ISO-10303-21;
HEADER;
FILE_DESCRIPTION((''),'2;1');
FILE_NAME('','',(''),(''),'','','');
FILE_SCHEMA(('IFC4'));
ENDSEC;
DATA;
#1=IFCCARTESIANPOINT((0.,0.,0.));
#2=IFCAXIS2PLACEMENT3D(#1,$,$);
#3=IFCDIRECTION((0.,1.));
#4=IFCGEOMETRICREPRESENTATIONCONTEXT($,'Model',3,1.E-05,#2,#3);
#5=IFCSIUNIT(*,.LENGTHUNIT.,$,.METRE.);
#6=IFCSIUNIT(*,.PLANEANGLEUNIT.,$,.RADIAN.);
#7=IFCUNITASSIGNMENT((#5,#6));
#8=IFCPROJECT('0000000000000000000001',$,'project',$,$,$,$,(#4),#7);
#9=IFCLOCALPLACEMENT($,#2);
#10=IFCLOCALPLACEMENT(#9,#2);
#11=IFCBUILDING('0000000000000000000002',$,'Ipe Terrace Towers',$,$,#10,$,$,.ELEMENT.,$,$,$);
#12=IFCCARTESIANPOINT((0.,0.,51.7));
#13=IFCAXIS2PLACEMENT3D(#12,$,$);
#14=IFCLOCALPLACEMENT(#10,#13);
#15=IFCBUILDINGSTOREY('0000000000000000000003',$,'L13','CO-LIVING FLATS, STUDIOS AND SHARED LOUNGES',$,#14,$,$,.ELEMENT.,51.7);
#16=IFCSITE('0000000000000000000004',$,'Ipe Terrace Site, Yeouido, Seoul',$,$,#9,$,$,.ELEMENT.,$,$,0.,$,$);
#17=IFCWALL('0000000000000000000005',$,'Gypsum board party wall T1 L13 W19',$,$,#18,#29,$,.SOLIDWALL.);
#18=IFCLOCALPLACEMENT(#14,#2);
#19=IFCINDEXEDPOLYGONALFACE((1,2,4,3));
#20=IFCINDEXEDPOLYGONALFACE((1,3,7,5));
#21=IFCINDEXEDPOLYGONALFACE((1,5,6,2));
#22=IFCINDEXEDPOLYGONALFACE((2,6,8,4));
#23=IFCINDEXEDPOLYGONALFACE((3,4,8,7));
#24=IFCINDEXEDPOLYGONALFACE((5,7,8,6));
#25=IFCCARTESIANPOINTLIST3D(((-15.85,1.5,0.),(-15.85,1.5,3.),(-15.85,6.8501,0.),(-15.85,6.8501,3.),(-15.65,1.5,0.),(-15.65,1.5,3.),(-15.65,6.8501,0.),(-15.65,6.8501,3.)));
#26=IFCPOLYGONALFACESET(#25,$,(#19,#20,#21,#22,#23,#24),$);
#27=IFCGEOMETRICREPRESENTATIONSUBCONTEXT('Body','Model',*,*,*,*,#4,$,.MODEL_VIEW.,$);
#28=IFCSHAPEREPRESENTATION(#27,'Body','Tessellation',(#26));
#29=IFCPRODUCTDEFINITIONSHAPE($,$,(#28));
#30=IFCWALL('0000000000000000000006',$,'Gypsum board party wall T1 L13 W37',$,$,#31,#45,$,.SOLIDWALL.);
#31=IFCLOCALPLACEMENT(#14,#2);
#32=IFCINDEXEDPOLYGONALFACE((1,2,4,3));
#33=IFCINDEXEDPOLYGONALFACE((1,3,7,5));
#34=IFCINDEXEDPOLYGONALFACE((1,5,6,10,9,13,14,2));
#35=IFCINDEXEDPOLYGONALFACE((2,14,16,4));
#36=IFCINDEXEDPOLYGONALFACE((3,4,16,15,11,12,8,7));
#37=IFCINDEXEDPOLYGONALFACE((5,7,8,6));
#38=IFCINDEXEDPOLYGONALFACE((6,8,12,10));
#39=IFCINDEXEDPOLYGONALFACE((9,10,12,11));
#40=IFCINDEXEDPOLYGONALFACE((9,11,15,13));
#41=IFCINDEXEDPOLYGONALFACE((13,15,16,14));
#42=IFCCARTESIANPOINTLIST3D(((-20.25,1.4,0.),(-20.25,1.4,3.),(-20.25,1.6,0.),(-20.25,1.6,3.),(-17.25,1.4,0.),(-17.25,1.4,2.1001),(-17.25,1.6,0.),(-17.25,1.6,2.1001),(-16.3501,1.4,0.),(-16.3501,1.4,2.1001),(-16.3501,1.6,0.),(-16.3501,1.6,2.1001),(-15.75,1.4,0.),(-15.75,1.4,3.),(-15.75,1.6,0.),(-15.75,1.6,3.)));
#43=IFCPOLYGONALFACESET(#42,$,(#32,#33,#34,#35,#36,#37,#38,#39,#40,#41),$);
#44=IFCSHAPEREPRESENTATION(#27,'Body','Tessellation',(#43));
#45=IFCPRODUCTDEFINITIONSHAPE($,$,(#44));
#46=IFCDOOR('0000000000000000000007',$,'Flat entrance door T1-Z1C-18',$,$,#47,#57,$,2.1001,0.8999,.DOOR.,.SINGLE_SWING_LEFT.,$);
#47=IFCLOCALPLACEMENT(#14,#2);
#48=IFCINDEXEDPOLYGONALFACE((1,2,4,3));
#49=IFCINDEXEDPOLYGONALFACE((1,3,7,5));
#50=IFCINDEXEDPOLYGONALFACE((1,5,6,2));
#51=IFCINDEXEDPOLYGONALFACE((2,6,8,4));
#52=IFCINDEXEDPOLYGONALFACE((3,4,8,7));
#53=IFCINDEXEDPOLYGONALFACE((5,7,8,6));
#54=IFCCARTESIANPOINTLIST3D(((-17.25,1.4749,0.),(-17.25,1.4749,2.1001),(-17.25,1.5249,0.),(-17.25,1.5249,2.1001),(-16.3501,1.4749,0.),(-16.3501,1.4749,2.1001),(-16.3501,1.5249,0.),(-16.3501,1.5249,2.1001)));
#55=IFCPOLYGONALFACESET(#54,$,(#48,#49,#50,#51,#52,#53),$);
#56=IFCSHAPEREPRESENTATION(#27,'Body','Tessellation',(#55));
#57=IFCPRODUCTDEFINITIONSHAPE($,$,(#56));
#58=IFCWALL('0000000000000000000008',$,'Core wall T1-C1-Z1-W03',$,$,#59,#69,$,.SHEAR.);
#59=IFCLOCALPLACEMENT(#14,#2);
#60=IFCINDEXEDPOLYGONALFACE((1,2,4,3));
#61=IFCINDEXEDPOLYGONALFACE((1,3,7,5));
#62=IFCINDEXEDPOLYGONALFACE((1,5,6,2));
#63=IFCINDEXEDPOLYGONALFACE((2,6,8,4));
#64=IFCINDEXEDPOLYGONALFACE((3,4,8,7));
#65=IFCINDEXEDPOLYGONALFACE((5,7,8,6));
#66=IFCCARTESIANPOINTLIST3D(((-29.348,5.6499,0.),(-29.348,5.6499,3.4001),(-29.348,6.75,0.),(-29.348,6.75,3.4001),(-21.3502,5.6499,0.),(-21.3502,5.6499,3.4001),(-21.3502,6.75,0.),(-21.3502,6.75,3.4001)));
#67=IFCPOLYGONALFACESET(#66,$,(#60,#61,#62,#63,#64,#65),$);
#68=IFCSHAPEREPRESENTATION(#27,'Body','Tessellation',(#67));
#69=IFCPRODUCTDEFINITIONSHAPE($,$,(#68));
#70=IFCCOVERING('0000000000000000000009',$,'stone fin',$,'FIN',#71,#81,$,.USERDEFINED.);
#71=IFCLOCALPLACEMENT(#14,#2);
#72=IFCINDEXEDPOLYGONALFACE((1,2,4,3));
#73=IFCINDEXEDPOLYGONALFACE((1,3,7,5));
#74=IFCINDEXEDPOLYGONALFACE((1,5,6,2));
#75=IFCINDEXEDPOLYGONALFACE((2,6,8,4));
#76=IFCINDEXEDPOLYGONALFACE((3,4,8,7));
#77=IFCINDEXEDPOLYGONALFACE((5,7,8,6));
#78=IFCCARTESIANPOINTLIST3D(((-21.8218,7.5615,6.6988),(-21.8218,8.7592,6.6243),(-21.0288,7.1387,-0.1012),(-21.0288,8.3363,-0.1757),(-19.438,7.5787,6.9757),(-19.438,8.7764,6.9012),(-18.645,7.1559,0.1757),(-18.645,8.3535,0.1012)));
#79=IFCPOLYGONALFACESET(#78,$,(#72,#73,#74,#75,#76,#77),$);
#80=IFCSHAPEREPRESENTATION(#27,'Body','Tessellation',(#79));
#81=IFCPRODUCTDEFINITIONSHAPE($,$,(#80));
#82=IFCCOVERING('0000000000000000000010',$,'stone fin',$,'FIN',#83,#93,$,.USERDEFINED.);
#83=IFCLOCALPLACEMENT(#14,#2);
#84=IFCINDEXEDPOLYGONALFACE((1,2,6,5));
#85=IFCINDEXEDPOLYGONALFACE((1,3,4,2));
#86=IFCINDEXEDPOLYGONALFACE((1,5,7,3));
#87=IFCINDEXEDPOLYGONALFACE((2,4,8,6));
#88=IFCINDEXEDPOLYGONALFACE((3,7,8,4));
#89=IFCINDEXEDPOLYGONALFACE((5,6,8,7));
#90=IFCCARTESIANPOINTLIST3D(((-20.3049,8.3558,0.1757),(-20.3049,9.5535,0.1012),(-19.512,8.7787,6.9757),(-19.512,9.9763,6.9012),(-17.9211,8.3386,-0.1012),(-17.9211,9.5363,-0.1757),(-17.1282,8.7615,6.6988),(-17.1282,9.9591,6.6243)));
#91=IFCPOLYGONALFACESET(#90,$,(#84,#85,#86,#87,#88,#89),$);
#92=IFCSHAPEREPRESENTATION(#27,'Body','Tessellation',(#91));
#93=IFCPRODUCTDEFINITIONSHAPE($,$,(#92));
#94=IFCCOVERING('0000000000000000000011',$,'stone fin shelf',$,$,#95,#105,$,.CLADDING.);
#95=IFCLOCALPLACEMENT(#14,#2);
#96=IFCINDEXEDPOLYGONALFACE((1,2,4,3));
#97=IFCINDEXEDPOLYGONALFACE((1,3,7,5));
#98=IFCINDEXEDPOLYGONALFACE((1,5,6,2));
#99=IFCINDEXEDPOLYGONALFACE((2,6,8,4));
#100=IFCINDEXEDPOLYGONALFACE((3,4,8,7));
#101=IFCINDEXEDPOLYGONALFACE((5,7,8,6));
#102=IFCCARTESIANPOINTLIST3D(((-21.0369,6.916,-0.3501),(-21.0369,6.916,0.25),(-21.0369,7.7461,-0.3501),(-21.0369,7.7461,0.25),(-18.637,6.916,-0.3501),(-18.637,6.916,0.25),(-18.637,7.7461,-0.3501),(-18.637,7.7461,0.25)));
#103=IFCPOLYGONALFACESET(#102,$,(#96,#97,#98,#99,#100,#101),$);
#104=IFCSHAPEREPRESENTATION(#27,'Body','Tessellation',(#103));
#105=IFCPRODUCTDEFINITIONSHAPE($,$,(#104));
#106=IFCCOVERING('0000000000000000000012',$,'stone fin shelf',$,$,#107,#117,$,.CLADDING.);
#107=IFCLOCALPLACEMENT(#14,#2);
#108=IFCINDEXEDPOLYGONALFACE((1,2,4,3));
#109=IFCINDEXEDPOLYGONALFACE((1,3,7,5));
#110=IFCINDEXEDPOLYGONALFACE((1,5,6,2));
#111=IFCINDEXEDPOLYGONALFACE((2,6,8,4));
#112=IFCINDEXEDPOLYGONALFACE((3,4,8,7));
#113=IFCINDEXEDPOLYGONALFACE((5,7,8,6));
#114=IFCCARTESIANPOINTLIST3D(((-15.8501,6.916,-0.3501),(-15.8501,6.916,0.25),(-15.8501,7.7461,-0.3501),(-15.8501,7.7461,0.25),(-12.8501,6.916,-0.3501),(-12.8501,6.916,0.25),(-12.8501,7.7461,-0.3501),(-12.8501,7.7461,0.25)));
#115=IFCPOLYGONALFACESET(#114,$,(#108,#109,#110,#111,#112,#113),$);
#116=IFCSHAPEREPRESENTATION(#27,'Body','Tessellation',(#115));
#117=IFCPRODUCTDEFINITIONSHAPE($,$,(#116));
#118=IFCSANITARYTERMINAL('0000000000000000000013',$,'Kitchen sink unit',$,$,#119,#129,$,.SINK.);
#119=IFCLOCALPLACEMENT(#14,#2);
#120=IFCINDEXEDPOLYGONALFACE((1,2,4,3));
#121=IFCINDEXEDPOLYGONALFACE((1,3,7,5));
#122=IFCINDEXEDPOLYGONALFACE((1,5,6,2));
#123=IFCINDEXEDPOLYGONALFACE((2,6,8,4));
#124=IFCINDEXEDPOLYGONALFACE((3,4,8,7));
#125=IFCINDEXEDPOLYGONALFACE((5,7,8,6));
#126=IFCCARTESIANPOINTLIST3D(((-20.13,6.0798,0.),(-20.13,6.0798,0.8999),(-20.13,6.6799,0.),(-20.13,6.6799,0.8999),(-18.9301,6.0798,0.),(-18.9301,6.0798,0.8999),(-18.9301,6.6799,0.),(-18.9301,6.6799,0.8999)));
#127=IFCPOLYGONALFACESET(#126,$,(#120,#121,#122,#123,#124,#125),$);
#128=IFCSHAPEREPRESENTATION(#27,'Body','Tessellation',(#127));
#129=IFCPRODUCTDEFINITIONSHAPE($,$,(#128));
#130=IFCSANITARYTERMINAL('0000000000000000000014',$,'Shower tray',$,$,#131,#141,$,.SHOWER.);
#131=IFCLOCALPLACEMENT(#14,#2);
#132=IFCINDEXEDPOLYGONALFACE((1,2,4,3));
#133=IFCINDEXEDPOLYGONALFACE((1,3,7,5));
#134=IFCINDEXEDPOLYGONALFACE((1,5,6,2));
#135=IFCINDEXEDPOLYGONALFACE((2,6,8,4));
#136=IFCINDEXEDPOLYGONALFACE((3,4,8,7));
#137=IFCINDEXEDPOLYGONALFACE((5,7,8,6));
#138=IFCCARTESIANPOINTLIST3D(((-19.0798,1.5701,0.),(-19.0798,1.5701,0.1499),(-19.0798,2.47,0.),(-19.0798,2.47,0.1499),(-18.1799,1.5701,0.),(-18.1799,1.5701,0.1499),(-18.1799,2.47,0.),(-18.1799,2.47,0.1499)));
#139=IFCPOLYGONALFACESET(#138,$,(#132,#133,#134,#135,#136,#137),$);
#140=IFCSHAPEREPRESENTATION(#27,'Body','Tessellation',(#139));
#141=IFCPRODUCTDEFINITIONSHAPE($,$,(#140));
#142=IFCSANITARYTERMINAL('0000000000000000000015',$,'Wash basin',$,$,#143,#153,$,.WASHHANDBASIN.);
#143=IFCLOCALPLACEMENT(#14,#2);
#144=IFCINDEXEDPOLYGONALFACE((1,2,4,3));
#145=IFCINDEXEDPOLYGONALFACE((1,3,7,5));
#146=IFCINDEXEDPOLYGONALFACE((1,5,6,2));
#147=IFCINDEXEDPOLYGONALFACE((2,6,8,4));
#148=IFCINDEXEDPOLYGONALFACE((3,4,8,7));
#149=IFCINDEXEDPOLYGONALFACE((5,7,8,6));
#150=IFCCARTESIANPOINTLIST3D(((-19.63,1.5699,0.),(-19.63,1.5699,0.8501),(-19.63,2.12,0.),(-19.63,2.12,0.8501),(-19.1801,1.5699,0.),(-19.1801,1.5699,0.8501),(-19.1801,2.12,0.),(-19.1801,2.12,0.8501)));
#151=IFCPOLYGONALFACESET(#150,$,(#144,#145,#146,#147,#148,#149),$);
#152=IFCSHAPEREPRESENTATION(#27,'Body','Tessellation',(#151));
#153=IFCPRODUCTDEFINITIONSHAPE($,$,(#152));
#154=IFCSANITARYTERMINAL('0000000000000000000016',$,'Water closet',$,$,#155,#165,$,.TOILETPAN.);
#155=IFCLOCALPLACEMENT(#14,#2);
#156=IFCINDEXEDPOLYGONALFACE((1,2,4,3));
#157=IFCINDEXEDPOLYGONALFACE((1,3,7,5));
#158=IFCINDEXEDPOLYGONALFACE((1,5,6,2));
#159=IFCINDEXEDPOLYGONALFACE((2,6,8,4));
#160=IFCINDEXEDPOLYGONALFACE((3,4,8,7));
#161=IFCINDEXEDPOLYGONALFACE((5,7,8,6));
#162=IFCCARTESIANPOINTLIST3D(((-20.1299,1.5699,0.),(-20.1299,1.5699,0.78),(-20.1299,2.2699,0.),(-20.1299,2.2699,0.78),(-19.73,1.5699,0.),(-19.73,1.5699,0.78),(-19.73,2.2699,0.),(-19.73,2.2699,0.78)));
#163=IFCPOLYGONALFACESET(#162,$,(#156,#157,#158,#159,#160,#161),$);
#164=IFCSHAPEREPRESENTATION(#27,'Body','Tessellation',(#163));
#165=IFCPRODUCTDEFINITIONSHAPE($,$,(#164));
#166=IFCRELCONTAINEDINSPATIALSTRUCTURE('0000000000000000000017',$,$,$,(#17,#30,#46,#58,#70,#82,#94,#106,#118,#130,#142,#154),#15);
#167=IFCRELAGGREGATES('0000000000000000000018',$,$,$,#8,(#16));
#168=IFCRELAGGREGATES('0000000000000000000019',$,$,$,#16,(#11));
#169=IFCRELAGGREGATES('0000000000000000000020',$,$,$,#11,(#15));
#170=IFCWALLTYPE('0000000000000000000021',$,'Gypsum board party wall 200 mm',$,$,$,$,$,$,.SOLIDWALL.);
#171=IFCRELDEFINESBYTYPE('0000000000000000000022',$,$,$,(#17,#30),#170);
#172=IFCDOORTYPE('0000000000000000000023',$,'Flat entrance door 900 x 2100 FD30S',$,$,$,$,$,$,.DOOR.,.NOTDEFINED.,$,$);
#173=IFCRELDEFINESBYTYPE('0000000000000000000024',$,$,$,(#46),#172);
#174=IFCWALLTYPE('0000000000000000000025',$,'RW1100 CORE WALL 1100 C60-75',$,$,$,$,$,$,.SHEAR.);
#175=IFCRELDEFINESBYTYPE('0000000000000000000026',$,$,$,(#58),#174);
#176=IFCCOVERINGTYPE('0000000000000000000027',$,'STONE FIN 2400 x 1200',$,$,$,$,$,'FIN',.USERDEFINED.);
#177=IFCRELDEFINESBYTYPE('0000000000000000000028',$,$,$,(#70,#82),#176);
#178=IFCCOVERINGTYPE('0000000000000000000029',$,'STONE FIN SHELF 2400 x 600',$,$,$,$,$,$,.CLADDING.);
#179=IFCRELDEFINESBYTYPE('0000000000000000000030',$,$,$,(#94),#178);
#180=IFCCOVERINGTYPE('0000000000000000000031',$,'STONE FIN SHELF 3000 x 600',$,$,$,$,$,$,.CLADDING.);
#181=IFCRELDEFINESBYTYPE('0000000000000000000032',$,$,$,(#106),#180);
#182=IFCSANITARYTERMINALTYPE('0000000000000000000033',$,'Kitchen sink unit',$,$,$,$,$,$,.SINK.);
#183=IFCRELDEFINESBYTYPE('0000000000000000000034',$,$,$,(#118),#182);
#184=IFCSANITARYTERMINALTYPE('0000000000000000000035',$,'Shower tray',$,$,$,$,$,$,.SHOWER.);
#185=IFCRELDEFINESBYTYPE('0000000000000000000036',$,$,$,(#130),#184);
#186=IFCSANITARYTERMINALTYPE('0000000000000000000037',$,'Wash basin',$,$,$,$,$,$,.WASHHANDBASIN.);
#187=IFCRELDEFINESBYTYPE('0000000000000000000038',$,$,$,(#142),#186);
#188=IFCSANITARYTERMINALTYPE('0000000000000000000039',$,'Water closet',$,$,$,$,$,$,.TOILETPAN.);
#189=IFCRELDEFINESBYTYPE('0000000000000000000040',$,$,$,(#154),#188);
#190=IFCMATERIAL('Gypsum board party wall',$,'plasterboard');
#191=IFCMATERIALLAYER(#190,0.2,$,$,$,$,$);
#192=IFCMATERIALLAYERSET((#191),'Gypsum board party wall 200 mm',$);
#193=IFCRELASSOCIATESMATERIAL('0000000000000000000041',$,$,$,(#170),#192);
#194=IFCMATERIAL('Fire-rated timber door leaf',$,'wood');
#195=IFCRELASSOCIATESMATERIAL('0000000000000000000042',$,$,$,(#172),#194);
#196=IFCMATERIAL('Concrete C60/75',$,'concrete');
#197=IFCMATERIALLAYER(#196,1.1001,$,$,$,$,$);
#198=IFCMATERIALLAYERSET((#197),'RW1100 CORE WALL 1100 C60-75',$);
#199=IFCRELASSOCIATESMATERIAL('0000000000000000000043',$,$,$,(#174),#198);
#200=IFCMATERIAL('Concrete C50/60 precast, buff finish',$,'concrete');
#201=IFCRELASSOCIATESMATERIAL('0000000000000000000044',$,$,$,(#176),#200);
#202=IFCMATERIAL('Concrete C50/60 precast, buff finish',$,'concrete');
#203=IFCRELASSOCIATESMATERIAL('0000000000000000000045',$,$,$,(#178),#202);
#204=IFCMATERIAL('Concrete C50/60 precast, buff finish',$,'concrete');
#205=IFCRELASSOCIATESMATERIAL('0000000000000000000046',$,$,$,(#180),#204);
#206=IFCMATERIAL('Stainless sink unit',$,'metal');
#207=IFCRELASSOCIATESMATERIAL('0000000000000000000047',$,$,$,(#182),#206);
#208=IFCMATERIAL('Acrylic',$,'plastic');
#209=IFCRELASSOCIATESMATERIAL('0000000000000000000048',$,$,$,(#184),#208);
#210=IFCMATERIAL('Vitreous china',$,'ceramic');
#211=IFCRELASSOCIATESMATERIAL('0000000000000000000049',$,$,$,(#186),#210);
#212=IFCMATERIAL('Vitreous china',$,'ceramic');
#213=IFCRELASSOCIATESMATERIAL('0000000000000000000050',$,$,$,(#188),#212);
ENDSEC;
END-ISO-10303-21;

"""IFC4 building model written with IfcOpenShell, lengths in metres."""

from ifc_helpers import new_model, si_unit, direction, frame, frame_2d, origin, origin_2d, place, context, subcontext, project, spatial, rectangle, extrude, material, layer, layer_set, material_profile, profile_set, type_object, element, fill, save


model = new_model("IFC4")

# Units and contexts
model_context = context("Model", 3, precision=1e-05, world=origin(), true_north=direction((0.0, 1.0)))
body_context = subcontext(model_context, "Body", "Model", "MODEL_VIEW")
ifc_project = project(units=[si_unit("LENGTHUNIT", "METRE"), si_unit("PLANEANGLEUNIT", "RADIAN")], contexts=[model_context])

# Site, building, storey
site_placement = place(None, origin())
site = spatial("IfcSite", under=ifc_project, at=site_placement, Name="Ipe Terrace Site, Yeouido, Seoul", CompositionType="ELEMENT", RefElevation=0.0)
building_placement = place(site_placement, origin())
building = spatial("IfcBuilding", under=site, at=building_placement, Name="Ipe Terrace Towers", CompositionType="ELEMENT")
storey_placement = place(building_placement, frame((0.0, 0.0, 51.7)))
storey = spatial("IfcBuildingStorey", under=building, at=storey_placement, Name="L13", Description="CO-LIVING FLATS, STUDIOS AND SHARED LOUNGES", CompositionType="ELEMENT", Elevation=51.7)

# Wall
ifc_material_1 = material(Name="Gypsum board party wall", Category="plasterboard")
ifc_layer_1 = layer(ifc_material_1, 0.2)
ifc_layer_set_1 = layer_set([ifc_layer_1], Name="Gypsum board party wall 200 mm")
wall_type_1 = type_object("IfcWallType", Name="Gypsum board party wall 200 mm", PredefinedType="SOLIDWALL", material=ifc_layer_set_1)
wall_1_placement = place(storey_placement, frame((-15.75, 1.5, 0.0), z_axis=(0.0, 0.0, 1.0), x_axis=(0.0, 1.0, 0.0)))
element("IfcWall", 1, at=wall_1_placement, inside=storey, type_object=wall_type_1, Name="Gypsum board party wall T1 L13 W19", PredefinedType="SOLIDWALL", context=body_context, shape_type="SweptSolid", body=[
    extrude(rectangle(XDim=5.3501, YDim=0.2, at=frame_2d((2.675, 0.0))), origin(), (0.0, 0.0, 1.0), 3.0),
])

# Wall, opening, door
wall_2_placement = place(storey_placement, frame((-20.25, 1.5, 0.0), z_axis=(0.0, 0.0, 1.0), x_axis=(1.0, 0.0, 0.0)))
wall_2 = element("IfcWall", 2, at=wall_2_placement, inside=storey, type_object=wall_type_1, Name="Gypsum board party wall T1 L13 W37", PredefinedType="SOLIDWALL", context=body_context, shape_type="SweptSolid", body=[
    extrude(rectangle(XDim=4.5, YDim=0.2, at=frame_2d((2.25, 0.0))), origin(), (0.0, 0.0, 1.0), 3.0),
])
opening_1_placement = place(wall_2_placement, frame((3.0, 0.0, 0.0)))
opening_1 = element("IfcOpeningElement", 3, at=opening_1_placement, cuts=wall_2, PredefinedType="OPENING", context=body_context, shape_type="SweptSolid", body=[
    extrude(rectangle(XDim=0.8999, YDim=2.1001, at=frame_2d((0.45, 1.05))), frame((0.0, 0.1099, 0.0), z_axis=(0.0, -1.0, 0.0), x_axis=(1.0, 0.0, 0.0)), (0.0, 0.0, 1.0), 0.22),
])
ifc_material_2 = material(Name="Fire-rated timber door leaf", Category="wood")
door_type_1 = type_object("IfcDoorType", Name="Flat entrance door 900 x 2100 FD30S", OperationType="NOTDEFINED", PredefinedType="DOOR", material=ifc_material_2)
door_1_placement = place(opening_1_placement, origin())
door_1 = element("IfcDoor", 4, at=door_1_placement, inside=storey, type_object=door_type_1, Name="Flat entrance door T1-Z1C-18", OperationType="SINGLE_SWING_LEFT", OverallHeight=2.1001, OverallWidth=0.8999, PredefinedType="DOOR", context=body_context, shape_type="SweptSolid", body=[
    extrude(rectangle(XDim=0.8999, YDim=2.1001, at=frame_2d((0.45, 1.05))), frame((0.0, 0.0249, 0.0), z_axis=(0.0, -1.0, 0.0), x_axis=(1.0, 0.0, 0.0)), (0.0, 0.0, 1.0), 0.05),
])
fill(opening_1, door_1)

# Wall
ifc_material_3 = material(Name="Concrete C60/75", Category="concrete")
ifc_layer_2 = layer(ifc_material_3, 1.1001)
ifc_layer_set_2 = layer_set([ifc_layer_2], Name="RW1100 CORE WALL 1100 C60-75")
wall_type_2 = type_object("IfcWallType", Name="RW1100 CORE WALL 1100 C60-75", PredefinedType="SHEAR", material=ifc_layer_set_2)
wall_3_placement = place(storey_placement, frame((-21.3501, 6.2, 0.0), z_axis=(0.0, 0.0, 1.0), x_axis=(-1.0, 0.0, 0.0)))
element("IfcWall", 5, at=wall_3_placement, inside=storey, type_object=wall_type_2, Name="Core wall T1-C1-Z1-W03", PredefinedType="SHEAR", context=body_context, shape_type="SweptSolid", body=[
    extrude(rectangle(XDim=7.9978, YDim=1.1001, at=frame_2d((3.999, 0.0))), origin(), (0.0, 0.0, 1.0), 3.4001),
])

# Coverings
ifc_material_4 = material(Name="Concrete C50/60 precast, buff finish", Category="concrete")
ifc_material_profile_1 = material_profile(ifc_material_4, rectangle(XDim=2.3999, YDim=1.2, at=origin_2d()), Name="STONE FIN 2400 x 1200")
ifc_profile_set_1 = profile_set([ifc_material_profile_1], Name="Concrete C50/60 precast, buff finish")
covering_type_1 = type_object("IfcCoveringType", Name="STONE FIN 2400 x 1200", ElementType="FIN", PredefinedType="USERDEFINED", material=ifc_profile_set_1)
for number, where, z_axis, x_axis, name in (
    (6, (-19.8369, 7.7461, 0.0), (-0.115607, 0.061648, 0.99138), (-0.993295, -0.007175, -0.115384), "stone fin"),
    (7, (-19.113, 8.946, 0.0), (0.115607, 0.061648, 0.99138), (-0.993295, 0.007175, 0.115384), "stone fin"),
):
    element("IfcCovering", number, at=place(storey_placement, frame(where, z_axis=z_axis, x_axis=x_axis)), inside=storey, type_object=covering_type_1, Name=name, ObjectType="FIN", PredefinedType="USERDEFINED", context=body_context, shape_type="SweptSolid", body=[
        extrude(rectangle(XDim=2.3999, YDim=1.2, at=origin_2d()), origin(), (0.0, 0.0, 1.0), 6.8591),
    ])
ifc_material_5 = material(Name="Concrete C50/60 precast, buff finish", Category="concrete")
covering_type_2 = type_object("IfcCoveringType", Name="STONE FIN SHELF 2400 x 600", PredefinedType="CLADDING", material=ifc_material_5)
covering_1_placement = place(storey_placement, frame((-19.8369, 7.3311, -0.3501), z_axis=(0.0, 0.0, 1.0), x_axis=(-1.0, 0.0, 0.0)))
element("IfcCovering", 8, at=covering_1_placement, inside=storey, type_object=covering_type_2, Name="stone fin shelf", PredefinedType="CLADDING", context=body_context, shape_type="SweptSolid", body=[
    extrude(rectangle(XDim=2.3999, YDim=0.8301, at=origin_2d()), origin(), (0.0, 0.0, 1.0), 0.6001),
])
ifc_material_6 = material(Name="Concrete C50/60 precast, buff finish", Category="concrete")
covering_type_3 = type_object("IfcCoveringType", Name="STONE FIN SHELF 3000 x 600", PredefinedType="CLADDING", material=ifc_material_6)
covering_2_placement = place(storey_placement, frame((-14.3501, 7.3311, -0.3501), z_axis=(0.0, 0.0, 1.0), x_axis=(-1.0, 0.0, 0.0)))
element("IfcCovering", 9, at=covering_2_placement, inside=storey, type_object=covering_type_3, Name="stone fin shelf", PredefinedType="CLADDING", context=body_context, shape_type="SweptSolid", body=[
    extrude(rectangle(XDim=3.0, YDim=0.8301, at=origin_2d()), origin(), (0.0, 0.0, 1.0), 0.6001),
])

# Sanitary terminals
ifc_material_7 = material(Name="Stainless sink unit", Category="metal")
sanitary_terminal_type_1 = type_object("IfcSanitaryTerminalType", Name="Kitchen sink unit", PredefinedType="SINK", material=ifc_material_7)
sanitary_terminal_1_placement = place(storey_placement, frame((-19.53, 6.3799, 0.0), z_axis=(0.0, 0.0, 1.0), x_axis=(1.0, 0.0, 0.0)))
element("IfcSanitaryTerminal", 10, at=sanitary_terminal_1_placement, inside=storey, type_object=sanitary_terminal_type_1, Name="Kitchen sink unit", PredefinedType="SINK", context=body_context, shape_type="SweptSolid", body=[
    extrude(rectangle(XDim=1.2, YDim=0.6001, at=origin_2d()), origin(), (0.0, 0.0, 1.0), 0.8999),
])
ifc_material_8 = material(Name="Acrylic", Category="plastic")
sanitary_terminal_type_2 = type_object("IfcSanitaryTerminalType", Name="Shower tray", PredefinedType="SHOWER", material=ifc_material_8)
sanitary_terminal_2_placement = place(storey_placement, frame((-18.6299, 2.02, 0.0), z_axis=(0.0, 0.0, 1.0), x_axis=(0.0, 1.0, 0.0)))
element("IfcSanitaryTerminal", 11, at=sanitary_terminal_2_placement, inside=storey, type_object=sanitary_terminal_type_2, Name="Shower tray", PredefinedType="SHOWER", context=body_context, shape_type="SweptSolid", body=[
    extrude(rectangle(XDim=0.8999, YDim=0.8999, at=origin_2d()), origin(), (0.0, 0.0, 1.0), 0.1499),
])
ifc_material_9 = material(Name="Vitreous china", Category="ceramic")
sanitary_terminal_type_3 = type_object("IfcSanitaryTerminalType", Name="Wash basin", PredefinedType="WASHHANDBASIN", material=ifc_material_9)
sanitary_terminal_3_placement = place(storey_placement, frame((-19.405, 1.845, 0.0), z_axis=(0.0, 0.0, 1.0), x_axis=(0.0, 1.0, 0.0)))
element("IfcSanitaryTerminal", 12, at=sanitary_terminal_3_placement, inside=storey, type_object=sanitary_terminal_type_3, Name="Wash basin", PredefinedType="WASHHANDBASIN", context=body_context, shape_type="SweptSolid", body=[
    extrude(rectangle(XDim=0.55, YDim=0.45, at=origin_2d()), origin(), (0.0, 0.0, 1.0), 0.8501),
])
ifc_material_10 = material(Name="Vitreous china", Category="ceramic")
sanitary_terminal_type_4 = type_object("IfcSanitaryTerminalType", Name="Water closet", PredefinedType="TOILETPAN", material=ifc_material_10)
sanitary_terminal_4_placement = place(storey_placement, frame((-19.9299, 1.9199, 0.0), z_axis=(0.0, 0.0, 1.0), x_axis=(0.0, 1.0, 0.0)))
element("IfcSanitaryTerminal", 13, at=sanitary_terminal_4_placement, inside=storey, type_object=sanitary_terminal_type_4, Name="Water closet", PredefinedType="TOILETPAN", context=body_context, shape_type="SweptSolid", body=[
    extrude(rectangle(XDim=0.7, YDim=0.3999, at=origin_2d()), origin(), (0.0, 0.0, 1.0), 0.78),
])

save(model, "model.ifc")
